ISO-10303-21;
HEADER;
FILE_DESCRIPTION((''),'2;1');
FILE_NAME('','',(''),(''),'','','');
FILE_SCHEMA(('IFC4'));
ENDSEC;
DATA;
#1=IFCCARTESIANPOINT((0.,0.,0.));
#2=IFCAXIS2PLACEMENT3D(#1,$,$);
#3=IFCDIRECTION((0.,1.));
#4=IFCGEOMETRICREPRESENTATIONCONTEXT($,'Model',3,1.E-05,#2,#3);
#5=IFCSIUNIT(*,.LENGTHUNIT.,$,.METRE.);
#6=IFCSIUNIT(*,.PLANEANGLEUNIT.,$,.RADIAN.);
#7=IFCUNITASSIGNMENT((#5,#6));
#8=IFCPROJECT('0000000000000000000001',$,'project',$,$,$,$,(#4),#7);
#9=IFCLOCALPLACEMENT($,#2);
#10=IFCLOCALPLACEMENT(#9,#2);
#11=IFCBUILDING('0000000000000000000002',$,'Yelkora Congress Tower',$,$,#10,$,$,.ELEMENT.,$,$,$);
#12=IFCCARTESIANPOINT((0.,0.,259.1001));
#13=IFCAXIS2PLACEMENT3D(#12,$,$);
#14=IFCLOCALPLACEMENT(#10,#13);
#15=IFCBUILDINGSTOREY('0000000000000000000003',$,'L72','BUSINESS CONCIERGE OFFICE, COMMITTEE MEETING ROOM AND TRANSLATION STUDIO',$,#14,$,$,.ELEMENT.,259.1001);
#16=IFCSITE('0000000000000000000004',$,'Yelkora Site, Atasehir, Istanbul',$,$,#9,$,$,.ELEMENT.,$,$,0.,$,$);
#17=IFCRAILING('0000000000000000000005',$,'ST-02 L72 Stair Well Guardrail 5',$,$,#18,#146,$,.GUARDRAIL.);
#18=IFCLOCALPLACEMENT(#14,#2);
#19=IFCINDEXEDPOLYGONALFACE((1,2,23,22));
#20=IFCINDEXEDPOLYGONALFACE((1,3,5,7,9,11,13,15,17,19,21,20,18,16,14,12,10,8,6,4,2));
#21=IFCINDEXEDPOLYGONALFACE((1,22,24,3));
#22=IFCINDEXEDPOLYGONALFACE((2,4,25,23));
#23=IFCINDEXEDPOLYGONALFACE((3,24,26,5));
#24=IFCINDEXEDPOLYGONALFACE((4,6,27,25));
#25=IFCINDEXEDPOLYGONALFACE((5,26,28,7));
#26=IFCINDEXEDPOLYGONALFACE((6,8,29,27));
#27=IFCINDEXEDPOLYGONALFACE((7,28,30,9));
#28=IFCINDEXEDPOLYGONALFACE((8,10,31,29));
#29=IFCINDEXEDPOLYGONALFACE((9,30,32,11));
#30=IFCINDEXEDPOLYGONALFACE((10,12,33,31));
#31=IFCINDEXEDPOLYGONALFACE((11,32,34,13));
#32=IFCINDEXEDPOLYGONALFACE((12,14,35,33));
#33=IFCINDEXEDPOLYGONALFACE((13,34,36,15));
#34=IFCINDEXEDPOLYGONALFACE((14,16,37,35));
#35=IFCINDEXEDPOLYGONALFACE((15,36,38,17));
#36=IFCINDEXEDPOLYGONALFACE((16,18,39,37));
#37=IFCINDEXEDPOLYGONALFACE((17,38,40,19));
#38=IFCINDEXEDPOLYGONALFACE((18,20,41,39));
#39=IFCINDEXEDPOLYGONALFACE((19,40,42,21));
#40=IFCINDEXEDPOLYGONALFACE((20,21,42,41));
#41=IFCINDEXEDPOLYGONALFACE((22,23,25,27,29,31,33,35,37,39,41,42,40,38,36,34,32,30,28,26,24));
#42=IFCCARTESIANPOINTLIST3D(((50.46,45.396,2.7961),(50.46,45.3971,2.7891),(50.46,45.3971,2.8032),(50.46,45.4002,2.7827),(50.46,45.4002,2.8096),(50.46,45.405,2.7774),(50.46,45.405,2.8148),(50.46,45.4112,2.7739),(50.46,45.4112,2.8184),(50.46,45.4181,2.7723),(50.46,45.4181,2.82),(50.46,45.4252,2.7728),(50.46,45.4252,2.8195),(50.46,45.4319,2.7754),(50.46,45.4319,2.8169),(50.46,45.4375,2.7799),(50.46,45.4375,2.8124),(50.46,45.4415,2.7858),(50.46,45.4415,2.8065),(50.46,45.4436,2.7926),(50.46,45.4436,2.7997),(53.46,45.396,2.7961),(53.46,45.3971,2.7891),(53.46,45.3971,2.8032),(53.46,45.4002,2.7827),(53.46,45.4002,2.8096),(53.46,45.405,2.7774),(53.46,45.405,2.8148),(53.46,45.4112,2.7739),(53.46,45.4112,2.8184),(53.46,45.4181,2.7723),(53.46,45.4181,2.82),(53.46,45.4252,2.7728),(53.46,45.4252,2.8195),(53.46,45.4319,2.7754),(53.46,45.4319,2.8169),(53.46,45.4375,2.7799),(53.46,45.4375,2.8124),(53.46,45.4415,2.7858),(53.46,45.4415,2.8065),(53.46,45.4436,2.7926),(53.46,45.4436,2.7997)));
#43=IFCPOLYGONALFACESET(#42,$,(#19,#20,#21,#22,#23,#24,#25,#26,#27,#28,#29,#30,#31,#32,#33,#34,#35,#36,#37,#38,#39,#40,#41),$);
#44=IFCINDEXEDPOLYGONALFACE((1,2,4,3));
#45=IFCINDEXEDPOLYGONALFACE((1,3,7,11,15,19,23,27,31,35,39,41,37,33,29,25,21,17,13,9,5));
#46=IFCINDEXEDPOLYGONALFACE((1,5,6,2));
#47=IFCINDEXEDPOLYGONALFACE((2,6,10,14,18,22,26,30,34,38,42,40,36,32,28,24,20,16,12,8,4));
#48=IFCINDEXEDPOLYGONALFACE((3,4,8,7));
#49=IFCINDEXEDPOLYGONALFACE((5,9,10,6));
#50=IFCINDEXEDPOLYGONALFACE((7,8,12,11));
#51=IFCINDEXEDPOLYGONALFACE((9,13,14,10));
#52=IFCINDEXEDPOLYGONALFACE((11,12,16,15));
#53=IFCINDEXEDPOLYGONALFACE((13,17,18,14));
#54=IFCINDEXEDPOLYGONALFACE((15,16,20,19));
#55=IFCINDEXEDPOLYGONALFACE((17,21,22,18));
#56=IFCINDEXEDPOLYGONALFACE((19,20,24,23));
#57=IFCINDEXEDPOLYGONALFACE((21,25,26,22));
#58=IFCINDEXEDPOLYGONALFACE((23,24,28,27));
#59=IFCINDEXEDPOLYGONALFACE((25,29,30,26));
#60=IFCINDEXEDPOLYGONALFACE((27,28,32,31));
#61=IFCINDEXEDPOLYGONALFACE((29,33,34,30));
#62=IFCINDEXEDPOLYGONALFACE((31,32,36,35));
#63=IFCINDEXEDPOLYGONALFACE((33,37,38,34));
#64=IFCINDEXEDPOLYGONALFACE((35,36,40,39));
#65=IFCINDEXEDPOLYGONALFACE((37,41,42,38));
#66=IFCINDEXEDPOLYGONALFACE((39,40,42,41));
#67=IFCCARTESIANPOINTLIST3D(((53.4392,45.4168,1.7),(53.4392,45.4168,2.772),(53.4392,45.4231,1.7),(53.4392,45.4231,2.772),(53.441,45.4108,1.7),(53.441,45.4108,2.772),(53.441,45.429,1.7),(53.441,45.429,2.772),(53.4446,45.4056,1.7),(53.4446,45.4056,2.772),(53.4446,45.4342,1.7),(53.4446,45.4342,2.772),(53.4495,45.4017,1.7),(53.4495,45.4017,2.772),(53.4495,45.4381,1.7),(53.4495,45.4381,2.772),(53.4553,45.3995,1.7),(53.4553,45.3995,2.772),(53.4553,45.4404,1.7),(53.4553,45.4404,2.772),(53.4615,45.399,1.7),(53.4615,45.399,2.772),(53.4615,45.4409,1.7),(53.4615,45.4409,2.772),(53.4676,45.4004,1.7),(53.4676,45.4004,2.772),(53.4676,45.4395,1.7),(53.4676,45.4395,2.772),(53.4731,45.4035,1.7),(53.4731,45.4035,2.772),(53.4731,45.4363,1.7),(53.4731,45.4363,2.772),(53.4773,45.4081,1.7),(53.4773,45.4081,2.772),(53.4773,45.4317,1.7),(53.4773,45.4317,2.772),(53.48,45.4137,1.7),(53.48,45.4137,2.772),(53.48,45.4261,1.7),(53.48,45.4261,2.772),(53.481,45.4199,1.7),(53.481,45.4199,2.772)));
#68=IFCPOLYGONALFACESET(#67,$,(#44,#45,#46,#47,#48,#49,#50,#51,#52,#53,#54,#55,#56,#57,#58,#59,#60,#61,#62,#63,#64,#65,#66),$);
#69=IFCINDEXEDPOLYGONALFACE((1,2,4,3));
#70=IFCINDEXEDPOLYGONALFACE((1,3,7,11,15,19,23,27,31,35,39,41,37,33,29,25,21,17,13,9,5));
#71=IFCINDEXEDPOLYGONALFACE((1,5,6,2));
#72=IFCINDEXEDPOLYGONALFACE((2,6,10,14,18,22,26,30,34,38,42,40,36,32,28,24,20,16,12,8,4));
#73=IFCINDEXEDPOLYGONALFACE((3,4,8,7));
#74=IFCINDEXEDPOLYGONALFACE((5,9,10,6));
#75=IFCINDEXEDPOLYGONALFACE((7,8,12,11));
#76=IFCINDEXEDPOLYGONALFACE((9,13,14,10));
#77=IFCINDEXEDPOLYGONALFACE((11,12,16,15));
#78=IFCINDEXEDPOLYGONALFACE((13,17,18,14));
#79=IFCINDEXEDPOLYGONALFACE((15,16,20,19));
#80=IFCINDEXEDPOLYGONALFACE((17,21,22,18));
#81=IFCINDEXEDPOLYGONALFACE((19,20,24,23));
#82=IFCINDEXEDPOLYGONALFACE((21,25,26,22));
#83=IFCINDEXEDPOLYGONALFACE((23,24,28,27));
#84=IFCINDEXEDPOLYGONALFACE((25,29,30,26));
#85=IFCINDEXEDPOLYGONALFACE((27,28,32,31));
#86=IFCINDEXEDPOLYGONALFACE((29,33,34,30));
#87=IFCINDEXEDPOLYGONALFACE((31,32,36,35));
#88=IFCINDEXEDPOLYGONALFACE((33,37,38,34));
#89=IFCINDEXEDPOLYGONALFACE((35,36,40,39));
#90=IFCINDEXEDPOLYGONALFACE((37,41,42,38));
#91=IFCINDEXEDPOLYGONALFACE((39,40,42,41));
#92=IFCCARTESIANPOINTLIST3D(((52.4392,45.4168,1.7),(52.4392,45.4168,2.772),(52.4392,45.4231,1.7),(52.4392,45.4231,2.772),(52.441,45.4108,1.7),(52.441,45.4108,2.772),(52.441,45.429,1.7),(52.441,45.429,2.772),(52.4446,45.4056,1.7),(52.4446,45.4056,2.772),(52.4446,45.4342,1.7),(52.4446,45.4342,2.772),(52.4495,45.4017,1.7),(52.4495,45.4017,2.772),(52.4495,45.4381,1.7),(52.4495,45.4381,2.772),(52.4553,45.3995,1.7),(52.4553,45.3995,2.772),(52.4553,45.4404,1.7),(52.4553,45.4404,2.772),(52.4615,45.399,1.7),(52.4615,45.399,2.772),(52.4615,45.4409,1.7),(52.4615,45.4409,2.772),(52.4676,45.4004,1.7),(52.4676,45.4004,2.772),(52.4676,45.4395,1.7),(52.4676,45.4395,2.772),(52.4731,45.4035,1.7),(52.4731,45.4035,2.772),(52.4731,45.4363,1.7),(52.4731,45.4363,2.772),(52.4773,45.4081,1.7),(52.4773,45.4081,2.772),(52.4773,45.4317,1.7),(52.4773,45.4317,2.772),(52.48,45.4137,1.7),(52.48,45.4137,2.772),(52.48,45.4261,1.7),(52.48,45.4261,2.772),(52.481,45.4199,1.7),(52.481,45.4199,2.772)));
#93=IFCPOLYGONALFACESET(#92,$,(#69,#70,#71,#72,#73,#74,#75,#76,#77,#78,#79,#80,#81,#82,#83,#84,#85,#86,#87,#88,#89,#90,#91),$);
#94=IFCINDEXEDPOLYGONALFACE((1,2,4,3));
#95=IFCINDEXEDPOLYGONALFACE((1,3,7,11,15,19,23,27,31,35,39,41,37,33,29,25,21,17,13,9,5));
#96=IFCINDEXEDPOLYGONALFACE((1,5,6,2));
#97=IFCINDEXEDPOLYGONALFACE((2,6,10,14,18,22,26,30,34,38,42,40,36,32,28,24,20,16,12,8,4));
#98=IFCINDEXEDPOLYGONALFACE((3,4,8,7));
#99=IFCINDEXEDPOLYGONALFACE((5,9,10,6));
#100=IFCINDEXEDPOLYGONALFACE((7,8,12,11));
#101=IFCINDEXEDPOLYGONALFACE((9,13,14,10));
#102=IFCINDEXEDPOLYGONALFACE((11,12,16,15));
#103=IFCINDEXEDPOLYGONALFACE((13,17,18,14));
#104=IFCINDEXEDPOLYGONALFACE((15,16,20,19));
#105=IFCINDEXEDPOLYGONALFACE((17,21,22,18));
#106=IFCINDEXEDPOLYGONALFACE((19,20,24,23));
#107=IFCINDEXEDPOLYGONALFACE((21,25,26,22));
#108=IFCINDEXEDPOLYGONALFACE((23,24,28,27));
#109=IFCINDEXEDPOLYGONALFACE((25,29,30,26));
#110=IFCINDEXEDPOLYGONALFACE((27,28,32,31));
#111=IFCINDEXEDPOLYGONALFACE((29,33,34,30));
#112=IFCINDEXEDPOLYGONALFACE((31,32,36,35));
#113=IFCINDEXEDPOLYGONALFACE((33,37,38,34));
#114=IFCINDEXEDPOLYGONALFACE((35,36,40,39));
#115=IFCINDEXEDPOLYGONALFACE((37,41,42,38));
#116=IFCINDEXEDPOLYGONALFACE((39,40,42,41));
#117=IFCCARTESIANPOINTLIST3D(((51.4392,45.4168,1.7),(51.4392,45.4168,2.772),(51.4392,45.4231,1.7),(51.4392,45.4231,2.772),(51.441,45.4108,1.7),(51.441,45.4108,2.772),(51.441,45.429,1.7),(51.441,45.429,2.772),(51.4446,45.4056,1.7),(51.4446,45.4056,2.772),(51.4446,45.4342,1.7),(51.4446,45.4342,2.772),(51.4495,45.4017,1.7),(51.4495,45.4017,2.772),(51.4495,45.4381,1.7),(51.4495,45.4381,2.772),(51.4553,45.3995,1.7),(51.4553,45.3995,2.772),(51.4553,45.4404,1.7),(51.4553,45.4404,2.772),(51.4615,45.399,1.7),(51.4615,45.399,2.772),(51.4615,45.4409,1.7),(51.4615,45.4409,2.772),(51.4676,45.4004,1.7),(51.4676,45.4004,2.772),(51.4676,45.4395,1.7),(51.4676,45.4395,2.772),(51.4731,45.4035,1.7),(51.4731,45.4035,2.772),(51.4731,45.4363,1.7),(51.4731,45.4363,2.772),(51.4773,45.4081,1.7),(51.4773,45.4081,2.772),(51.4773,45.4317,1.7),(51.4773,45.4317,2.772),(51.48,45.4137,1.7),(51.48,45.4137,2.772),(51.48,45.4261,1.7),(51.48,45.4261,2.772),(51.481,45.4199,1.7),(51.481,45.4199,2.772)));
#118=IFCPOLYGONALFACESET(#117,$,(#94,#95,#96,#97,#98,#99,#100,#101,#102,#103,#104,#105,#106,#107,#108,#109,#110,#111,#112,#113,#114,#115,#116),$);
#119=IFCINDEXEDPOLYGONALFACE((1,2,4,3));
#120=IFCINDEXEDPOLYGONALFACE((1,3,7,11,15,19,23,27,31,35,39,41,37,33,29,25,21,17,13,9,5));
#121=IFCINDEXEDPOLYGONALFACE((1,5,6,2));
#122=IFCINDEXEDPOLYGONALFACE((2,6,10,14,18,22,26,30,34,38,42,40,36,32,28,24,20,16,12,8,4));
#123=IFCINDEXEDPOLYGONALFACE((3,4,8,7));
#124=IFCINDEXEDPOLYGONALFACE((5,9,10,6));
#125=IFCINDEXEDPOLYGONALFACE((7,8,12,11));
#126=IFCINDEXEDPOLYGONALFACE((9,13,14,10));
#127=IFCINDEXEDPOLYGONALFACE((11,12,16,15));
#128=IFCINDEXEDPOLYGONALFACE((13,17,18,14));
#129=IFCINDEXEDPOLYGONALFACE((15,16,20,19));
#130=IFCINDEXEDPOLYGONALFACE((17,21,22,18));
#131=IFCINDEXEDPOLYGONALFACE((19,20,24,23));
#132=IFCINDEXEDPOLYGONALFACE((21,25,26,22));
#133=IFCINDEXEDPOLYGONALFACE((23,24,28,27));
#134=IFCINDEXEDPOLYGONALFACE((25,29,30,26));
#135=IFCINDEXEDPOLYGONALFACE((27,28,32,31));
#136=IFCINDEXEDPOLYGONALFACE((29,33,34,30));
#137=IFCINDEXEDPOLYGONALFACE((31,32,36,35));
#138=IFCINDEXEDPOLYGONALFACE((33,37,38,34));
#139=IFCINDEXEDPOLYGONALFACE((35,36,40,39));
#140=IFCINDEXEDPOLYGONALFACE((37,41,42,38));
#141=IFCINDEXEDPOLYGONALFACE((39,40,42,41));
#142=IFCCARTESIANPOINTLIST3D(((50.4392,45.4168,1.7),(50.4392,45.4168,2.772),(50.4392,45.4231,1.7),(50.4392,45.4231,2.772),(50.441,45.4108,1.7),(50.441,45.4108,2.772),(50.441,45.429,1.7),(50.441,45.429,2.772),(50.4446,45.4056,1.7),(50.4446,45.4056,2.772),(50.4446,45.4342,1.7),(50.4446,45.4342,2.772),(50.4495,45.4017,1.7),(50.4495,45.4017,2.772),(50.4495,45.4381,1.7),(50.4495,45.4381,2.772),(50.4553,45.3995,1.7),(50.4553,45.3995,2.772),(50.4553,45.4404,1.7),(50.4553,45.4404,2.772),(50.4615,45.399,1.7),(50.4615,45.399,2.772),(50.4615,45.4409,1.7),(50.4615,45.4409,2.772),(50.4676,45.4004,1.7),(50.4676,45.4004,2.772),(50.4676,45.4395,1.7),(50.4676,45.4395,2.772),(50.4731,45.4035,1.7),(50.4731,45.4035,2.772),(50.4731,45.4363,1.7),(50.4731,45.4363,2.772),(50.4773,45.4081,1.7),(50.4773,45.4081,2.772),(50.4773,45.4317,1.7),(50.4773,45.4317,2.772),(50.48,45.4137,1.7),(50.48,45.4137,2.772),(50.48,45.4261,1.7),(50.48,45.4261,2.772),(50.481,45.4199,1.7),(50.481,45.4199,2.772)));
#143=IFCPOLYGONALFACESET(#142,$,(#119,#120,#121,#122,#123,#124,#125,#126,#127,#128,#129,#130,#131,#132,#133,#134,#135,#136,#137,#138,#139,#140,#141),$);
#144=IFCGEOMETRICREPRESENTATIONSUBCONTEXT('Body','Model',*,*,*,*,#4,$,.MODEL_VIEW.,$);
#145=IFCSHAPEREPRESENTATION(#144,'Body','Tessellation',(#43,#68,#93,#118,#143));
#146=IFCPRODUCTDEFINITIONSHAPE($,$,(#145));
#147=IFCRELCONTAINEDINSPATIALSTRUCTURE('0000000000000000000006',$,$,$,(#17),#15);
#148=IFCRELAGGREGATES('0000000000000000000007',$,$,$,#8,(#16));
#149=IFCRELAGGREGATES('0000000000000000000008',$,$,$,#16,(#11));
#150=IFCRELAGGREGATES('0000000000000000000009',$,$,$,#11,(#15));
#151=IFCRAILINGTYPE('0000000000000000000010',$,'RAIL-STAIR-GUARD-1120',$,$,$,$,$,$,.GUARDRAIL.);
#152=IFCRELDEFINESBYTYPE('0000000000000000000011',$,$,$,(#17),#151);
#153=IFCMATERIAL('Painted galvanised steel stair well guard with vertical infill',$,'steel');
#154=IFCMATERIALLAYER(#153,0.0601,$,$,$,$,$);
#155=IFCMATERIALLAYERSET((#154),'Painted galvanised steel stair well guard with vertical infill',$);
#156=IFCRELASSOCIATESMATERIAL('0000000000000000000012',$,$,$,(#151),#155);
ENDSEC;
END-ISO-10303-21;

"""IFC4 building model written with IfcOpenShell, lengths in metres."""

from ifc_helpers import new_model, si_unit, direction, frame, origin, origin_2d, place, context, subcontext, project, spatial, circle, extrude, material, layer, layer_set, type_object, element, save


model = new_model("IFC4")

# Units and contexts
model_context = context("Model", 3, precision=1e-05, world=origin(), true_north=direction((0.0, 1.0)))
body_context = subcontext(model_context, "Body", "Model", "MODEL_VIEW")
ifc_project = project(units=[si_unit("LENGTHUNIT", "METRE"), si_unit("PLANEANGLEUNIT", "RADIAN")], contexts=[model_context])

# Site, building, storey
site_placement = place(None, origin())
site = spatial("IfcSite", under=ifc_project, at=site_placement, Name="Yelkora Site, Atasehir, Istanbul", CompositionType="ELEMENT", RefElevation=0.0)
building_placement = place(site_placement, origin())
building = spatial("IfcBuilding", under=site, at=building_placement, Name="Yelkora Congress Tower", CompositionType="ELEMENT")
storey_placement = place(building_placement, frame((0.0, 0.0, 259.1001)))
storey = spatial("IfcBuildingStorey", under=building, at=storey_placement, Name="L72", Description="BUSINESS CONCIERGE OFFICE, COMMITTEE MEETING ROOM AND TRANSLATION STUDIO", CompositionType="ELEMENT", Elevation=259.1001)

# Railing
ifc_material_1 = material(Name="Painted galvanised steel stair well guard with vertical infill", Category="steel")
ifc_layer_1 = layer(ifc_material_1, 0.0601)
ifc_layer_set_1 = layer_set([ifc_layer_1], Name="Painted galvanised steel stair well guard with vertical infill")
railing_type_1 = type_object("IfcRailingType", Name="RAIL-STAIR-GUARD-1120", PredefinedType="GUARDRAIL", material=ifc_layer_set_1)
railing_1_placement = place(storey_placement, frame((53.46, 45.4199, 1.7)))
element("IfcRailing", 1, at=railing_1_placement, inside=storey, type_object=railing_type_1, Name="ST-02 L72 Stair Well Guardrail 5", PredefinedType="GUARDRAIL", context=body_context, shape_type="SweptSolid", body=[
    extrude(circle(Radius=0.0239, at=origin_2d()), frame((0.0, 0.0, 1.0962), z_axis=(-1.0, 0.0, 0.0), x_axis=(0.0, -1.0, 0.0)), (0.0, 0.0, 1.0), 3.0),
    extrude(circle(Radius=0.021, at=origin_2d()), origin(), (0.0, 0.0, 1.0), 1.072),
    extrude(circle(Radius=0.021, at=origin_2d()), frame((-1.0, 0.0, 0.0)), (0.0, 0.0, 1.0), 1.072),
    extrude(circle(Radius=0.021, at=origin_2d()), frame((-2.0, 0.0, 0.0)), (0.0, 0.0, 1.0), 1.072),
    extrude(circle(Radius=0.021, at=origin_2d()), frame((-3.0, 0.0, 0.0)), (0.0, 0.0, 1.0), 1.072),
])

save(model, "model.ifc")
